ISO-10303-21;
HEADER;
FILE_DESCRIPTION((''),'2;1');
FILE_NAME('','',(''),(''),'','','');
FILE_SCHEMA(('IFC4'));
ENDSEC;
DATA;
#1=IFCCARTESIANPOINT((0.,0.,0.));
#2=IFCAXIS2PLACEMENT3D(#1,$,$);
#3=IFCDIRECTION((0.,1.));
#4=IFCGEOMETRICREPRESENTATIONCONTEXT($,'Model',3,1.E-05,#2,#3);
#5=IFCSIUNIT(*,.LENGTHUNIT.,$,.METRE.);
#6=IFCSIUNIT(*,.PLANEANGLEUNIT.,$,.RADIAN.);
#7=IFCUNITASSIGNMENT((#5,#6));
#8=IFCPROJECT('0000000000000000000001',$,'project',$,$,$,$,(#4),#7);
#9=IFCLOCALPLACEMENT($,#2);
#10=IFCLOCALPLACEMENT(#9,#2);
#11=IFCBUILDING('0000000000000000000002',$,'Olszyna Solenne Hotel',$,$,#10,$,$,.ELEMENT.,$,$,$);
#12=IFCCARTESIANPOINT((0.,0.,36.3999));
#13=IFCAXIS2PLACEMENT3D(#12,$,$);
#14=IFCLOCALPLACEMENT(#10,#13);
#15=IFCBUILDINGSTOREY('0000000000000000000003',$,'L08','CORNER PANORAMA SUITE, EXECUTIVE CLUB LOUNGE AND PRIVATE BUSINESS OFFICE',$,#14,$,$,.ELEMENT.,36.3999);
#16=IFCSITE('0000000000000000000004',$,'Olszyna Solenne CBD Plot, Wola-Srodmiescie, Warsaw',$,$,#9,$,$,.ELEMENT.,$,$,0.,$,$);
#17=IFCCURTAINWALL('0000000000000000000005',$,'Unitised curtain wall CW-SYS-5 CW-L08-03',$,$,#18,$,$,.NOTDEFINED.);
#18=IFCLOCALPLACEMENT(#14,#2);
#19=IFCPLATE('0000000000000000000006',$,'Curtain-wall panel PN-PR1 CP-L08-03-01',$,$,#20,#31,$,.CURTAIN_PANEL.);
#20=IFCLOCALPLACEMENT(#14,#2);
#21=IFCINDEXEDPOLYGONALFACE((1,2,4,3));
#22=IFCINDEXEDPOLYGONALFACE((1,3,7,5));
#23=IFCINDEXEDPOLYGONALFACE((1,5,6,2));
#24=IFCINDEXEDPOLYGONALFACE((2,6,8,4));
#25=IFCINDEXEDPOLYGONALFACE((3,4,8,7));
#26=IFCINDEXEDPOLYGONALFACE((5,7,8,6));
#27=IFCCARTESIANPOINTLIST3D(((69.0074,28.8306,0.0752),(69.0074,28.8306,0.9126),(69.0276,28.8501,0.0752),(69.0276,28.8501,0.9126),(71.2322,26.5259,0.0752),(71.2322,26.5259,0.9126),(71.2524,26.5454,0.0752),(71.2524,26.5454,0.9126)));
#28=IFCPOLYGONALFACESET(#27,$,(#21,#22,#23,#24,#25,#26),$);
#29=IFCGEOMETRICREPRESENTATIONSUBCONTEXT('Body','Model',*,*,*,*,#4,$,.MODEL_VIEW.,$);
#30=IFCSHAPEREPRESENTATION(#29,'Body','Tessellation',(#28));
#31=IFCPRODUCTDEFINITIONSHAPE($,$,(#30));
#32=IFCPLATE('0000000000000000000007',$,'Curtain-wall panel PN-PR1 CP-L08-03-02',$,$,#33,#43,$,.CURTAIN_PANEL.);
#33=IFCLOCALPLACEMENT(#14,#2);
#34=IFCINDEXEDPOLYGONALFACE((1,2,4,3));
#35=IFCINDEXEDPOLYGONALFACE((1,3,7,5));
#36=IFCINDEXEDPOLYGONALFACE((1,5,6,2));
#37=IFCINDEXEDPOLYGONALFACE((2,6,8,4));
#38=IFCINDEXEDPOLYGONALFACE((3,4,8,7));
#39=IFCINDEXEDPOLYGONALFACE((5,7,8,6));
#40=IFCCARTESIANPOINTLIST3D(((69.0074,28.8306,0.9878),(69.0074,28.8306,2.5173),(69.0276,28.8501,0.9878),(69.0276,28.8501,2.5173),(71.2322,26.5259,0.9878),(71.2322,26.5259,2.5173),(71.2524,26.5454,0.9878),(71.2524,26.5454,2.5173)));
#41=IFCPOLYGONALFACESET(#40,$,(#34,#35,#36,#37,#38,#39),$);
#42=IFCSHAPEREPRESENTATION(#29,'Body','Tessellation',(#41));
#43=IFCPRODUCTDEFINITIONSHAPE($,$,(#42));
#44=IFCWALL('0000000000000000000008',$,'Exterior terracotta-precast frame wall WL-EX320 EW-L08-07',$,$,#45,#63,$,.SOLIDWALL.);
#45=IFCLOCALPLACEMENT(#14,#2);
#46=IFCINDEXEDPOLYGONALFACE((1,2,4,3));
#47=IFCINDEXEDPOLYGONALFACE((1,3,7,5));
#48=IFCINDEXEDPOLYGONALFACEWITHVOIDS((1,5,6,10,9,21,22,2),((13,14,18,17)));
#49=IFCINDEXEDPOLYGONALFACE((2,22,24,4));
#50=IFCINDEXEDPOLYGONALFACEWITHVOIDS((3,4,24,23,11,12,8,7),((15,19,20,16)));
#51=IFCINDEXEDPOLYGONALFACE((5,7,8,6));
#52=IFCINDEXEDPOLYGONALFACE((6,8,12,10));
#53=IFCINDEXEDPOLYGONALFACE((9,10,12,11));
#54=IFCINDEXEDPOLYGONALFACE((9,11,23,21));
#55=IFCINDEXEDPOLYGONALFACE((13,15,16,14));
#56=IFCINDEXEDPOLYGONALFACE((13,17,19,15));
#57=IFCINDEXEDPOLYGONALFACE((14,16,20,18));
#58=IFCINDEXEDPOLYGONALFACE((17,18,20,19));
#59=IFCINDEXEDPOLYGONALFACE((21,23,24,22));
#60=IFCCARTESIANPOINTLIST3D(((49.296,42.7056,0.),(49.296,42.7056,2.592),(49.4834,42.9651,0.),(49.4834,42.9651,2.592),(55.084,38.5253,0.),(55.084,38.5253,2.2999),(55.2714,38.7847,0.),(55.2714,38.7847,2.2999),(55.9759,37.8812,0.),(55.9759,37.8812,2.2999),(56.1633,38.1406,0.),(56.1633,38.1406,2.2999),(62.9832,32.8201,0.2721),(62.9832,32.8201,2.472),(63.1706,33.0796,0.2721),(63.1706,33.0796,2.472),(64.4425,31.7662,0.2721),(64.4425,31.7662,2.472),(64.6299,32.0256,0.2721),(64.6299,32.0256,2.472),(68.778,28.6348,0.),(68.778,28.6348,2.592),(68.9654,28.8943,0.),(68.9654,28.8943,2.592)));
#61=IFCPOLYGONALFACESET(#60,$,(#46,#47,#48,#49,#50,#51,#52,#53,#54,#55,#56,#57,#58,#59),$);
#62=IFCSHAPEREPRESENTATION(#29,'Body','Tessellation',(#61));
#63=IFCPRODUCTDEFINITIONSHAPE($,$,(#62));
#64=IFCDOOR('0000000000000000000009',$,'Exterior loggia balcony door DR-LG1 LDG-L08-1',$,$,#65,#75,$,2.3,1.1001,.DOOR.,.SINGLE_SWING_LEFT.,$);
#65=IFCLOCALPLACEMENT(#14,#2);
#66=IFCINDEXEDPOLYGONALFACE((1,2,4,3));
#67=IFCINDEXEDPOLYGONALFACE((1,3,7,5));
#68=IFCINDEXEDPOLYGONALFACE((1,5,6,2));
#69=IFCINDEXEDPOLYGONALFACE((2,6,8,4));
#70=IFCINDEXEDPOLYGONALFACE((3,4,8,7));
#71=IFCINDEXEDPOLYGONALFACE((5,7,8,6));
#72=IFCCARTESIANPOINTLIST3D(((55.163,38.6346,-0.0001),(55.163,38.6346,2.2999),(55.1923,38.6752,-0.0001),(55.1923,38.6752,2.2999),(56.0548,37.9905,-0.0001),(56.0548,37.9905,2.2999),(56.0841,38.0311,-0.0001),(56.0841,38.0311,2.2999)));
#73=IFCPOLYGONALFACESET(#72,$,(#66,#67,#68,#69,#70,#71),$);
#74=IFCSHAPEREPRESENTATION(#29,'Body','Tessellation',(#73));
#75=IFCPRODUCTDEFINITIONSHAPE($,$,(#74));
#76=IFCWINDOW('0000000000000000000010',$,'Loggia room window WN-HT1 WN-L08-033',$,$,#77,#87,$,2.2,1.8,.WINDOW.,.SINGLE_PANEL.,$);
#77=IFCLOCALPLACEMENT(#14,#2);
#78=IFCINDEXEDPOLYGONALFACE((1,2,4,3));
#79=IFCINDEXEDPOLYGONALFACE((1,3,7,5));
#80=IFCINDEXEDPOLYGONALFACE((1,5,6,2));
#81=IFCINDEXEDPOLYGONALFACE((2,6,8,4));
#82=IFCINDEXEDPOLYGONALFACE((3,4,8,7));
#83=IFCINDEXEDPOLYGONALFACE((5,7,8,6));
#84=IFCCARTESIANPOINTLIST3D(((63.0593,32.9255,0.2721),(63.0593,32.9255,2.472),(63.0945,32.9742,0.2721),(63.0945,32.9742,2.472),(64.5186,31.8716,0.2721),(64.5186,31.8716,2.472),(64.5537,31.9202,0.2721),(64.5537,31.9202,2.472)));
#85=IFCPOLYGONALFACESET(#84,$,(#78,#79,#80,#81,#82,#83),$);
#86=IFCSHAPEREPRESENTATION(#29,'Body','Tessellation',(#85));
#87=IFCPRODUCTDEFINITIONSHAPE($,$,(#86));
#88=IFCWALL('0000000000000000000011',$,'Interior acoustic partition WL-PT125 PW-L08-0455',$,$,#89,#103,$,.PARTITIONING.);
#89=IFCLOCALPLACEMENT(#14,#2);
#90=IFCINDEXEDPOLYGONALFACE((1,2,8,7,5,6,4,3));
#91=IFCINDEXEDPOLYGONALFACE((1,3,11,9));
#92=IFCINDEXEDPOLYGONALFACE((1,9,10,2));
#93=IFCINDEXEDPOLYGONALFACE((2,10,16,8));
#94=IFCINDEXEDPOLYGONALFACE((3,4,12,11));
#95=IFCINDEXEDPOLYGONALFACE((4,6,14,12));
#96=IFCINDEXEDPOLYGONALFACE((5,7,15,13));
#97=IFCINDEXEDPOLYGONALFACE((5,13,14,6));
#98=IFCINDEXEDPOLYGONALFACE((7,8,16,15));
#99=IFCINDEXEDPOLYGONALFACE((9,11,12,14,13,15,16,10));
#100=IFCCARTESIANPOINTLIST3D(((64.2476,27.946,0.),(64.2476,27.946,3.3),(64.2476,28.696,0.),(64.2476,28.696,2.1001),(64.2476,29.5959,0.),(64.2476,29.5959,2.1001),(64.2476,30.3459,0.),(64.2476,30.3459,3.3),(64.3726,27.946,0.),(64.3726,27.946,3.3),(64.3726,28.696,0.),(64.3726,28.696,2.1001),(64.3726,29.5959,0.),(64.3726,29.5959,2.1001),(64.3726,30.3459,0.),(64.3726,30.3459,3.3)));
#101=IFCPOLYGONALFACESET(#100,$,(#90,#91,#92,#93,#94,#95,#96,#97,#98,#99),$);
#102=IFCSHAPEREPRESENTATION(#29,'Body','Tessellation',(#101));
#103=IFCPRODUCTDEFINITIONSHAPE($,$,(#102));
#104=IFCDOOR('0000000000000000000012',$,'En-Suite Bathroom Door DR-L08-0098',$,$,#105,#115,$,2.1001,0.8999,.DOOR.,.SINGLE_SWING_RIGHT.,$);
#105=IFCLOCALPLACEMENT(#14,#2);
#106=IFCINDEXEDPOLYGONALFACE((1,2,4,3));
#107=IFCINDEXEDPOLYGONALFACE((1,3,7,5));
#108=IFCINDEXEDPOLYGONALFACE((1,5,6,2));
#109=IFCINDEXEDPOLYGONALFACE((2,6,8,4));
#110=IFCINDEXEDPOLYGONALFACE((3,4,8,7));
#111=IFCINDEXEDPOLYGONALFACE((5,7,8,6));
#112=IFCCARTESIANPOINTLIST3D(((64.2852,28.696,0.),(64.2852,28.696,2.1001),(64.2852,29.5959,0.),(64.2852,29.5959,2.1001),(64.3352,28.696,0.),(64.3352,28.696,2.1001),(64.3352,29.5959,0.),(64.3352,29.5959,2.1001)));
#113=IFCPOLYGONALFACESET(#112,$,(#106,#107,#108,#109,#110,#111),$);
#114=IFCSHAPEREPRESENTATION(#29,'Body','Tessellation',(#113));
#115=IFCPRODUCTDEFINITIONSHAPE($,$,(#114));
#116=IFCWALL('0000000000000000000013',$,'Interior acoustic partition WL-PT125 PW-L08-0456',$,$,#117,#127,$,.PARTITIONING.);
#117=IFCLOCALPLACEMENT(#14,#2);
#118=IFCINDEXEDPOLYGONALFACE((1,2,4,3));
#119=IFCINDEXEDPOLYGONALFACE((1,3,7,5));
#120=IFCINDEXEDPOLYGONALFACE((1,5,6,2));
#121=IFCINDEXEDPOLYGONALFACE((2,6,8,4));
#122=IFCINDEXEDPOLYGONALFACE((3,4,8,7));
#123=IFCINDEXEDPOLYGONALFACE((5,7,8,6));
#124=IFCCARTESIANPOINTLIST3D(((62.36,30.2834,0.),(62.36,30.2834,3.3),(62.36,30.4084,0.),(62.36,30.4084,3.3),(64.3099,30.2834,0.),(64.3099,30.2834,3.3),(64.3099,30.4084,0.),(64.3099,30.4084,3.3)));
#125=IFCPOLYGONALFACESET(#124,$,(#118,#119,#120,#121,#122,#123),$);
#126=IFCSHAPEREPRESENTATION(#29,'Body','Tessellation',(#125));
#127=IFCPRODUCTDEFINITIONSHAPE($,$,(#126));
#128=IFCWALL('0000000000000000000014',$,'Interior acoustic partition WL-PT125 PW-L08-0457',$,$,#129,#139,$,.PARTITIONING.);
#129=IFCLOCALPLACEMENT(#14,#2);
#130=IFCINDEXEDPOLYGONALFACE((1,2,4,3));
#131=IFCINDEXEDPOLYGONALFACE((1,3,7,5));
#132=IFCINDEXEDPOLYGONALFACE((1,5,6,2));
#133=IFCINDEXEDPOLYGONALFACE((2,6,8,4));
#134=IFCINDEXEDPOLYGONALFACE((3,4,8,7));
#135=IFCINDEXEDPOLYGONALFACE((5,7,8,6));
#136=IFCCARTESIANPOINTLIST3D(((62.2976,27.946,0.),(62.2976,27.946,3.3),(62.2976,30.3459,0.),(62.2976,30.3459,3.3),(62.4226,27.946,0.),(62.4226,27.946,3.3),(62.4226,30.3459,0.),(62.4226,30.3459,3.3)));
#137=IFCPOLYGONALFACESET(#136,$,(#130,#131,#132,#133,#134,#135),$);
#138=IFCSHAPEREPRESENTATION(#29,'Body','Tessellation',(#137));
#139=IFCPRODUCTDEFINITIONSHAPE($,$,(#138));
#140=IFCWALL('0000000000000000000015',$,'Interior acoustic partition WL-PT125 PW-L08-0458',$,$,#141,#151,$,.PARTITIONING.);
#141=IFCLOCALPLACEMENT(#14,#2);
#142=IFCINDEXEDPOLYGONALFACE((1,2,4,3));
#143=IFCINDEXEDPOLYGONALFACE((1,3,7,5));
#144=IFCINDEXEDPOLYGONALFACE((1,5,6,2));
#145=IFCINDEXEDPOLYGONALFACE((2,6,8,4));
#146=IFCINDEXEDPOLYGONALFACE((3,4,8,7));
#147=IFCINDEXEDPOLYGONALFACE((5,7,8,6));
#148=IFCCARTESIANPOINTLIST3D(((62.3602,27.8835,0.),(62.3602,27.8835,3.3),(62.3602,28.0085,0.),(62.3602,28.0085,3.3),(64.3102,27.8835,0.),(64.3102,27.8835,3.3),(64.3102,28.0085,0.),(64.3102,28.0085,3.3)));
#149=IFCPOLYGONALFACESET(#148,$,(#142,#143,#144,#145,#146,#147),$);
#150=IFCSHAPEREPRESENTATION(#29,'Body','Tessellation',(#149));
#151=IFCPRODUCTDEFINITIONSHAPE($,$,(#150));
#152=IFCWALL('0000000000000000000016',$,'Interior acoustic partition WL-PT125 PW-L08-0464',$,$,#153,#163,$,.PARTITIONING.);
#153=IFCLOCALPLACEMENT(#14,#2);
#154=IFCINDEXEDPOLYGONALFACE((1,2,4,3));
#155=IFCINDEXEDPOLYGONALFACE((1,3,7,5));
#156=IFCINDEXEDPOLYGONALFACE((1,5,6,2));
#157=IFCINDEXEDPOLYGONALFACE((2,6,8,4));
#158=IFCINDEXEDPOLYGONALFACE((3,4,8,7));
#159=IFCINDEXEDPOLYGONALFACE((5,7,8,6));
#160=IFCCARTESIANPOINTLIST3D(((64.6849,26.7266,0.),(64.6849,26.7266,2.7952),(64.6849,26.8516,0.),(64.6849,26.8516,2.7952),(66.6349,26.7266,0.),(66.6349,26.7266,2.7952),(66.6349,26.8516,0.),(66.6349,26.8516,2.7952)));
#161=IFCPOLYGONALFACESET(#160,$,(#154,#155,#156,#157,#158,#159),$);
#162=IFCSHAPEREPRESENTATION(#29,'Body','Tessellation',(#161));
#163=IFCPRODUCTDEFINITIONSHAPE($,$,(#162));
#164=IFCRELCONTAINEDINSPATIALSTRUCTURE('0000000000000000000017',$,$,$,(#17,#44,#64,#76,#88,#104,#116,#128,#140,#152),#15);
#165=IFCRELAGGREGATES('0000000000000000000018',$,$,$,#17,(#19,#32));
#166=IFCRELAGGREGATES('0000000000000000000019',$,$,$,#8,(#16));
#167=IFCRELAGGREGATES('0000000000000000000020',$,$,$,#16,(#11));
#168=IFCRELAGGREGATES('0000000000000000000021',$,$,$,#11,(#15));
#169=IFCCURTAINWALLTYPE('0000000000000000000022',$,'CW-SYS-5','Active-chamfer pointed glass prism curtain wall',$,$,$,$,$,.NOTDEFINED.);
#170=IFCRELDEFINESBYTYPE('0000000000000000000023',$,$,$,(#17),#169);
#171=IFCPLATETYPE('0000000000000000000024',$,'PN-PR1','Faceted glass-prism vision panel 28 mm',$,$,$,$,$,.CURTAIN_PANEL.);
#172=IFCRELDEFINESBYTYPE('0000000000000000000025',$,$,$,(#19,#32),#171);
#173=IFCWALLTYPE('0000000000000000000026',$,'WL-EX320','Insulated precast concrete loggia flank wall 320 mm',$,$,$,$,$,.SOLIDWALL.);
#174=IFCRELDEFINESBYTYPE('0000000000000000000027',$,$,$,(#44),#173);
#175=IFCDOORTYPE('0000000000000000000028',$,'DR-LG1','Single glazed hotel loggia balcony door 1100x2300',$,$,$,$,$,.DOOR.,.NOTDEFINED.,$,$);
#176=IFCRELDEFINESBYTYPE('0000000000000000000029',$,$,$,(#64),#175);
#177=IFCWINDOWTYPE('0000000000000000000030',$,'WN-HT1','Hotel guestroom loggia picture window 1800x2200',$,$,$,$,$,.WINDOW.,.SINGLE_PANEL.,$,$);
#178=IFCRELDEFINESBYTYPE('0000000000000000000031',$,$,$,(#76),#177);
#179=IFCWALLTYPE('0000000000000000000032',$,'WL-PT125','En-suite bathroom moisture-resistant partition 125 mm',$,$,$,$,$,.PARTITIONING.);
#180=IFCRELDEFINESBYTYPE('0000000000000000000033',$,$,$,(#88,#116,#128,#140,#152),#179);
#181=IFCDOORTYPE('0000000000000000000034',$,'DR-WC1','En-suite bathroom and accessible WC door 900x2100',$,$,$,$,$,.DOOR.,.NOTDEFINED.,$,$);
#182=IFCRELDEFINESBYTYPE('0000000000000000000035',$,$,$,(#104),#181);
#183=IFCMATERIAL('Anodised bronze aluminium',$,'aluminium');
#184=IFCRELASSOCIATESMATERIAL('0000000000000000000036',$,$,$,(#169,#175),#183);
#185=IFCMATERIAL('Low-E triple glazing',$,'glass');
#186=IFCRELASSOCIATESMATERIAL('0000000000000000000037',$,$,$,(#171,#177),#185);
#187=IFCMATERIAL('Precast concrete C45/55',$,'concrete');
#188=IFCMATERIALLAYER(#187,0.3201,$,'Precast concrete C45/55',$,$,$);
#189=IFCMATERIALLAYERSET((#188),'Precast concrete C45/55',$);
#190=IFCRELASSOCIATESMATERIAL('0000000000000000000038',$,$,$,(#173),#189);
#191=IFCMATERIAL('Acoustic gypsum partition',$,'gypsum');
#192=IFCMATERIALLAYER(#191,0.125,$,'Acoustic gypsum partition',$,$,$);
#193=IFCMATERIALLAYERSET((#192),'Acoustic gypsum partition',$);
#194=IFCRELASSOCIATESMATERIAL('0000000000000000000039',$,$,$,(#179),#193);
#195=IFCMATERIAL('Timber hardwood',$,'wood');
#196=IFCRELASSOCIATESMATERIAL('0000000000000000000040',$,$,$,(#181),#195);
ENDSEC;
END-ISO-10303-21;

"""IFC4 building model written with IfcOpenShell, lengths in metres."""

from ifc_helpers import new_model, si_unit, direction, frame, frame_2d, origin, origin_2d, place, context, subcontext, project, spatial, rectangle, extrude, source, transform, mapped, material, layer, layer_set, type_object, type_shapes, element, fill, aggregate, save


model = new_model("IFC4")

# Units and contexts
model_context = context("Model", 3, precision=1e-05, world=origin(), true_north=direction((0.0, 1.0)))
body_context = subcontext(model_context, "Body", "Model", "MODEL_VIEW")
ifc_project = project(units=[si_unit("LENGTHUNIT", "METRE"), si_unit("PLANEANGLEUNIT", "RADIAN")], contexts=[model_context])

# Site, building, storey
site_placement = place(None, origin())
site = spatial("IfcSite", under=ifc_project, at=site_placement, Name="Olszyna Solenne CBD Plot, Wola-Srodmiescie, Warsaw", CompositionType="ELEMENT", RefElevation=0.0)
building_placement = place(site_placement, origin())
building = spatial("IfcBuilding", under=site, at=building_placement, Name="Olszyna Solenne Hotel", CompositionType="ELEMENT")
storey_placement = place(building_placement, frame((0.0, 0.0, 36.3999)))
storey = spatial("IfcBuildingStorey", under=building, at=storey_placement, Name="L08", Description="CORNER PANORAMA SUITE, EXECUTIVE CLUB LOUNGE AND PRIVATE BUSINESS OFFICE", CompositionType="ELEMENT", Elevation=36.3999)

# Shared definitions
ifc_material_1 = material(Name="Anodised bronze aluminium", Category="aluminium")

# Curtain wall
curtain_wall_type_1 = type_object("IfcCurtainWallType", Name="CW-SYS-5", Description="Active-chamfer pointed glass prism curtain wall", PredefinedType="NOTDEFINED", material=ifc_material_1)
curtain_wall_1_placement = place(storey_placement, origin())
curtain_wall_1 = element("IfcCurtainWall", 1, at=curtain_wall_1_placement, inside=storey, type_object=curtain_wall_type_1, Name="Unitised curtain wall CW-SYS-5 CW-L08-03", PredefinedType="NOTDEFINED")

# Plates
ifc_material_2 = material(Name="Low-E triple glazing", Category="glass")
plate_type_1 = type_object("IfcPlateType", Name="PN-PR1", Description="Faceted glass-prism vision panel 28 mm", PredefinedType="CURTAIN_PANEL", material=ifc_material_2)
shared_shape_1 = source(origin(), body_context, "Body", "SweptSolid", [
    extrude(rectangle(XDim=3.2034, YDim=0.0281, at=origin_2d()), origin(), (0.0, 0.0, 1.0), 0.8374),
])
plate_1_placement = place(storey_placement, frame((70.1299, 27.688, 0.0752), z_axis=(0.0, 0.0, 1.0), x_axis=(0.694532, -0.719462, 0.0)))
plate_1 = element("IfcPlate", 2, at=plate_1_placement, type_object=plate_type_1, Name="Curtain-wall panel PN-PR1 CP-L08-03-01", PredefinedType="CURTAIN_PANEL", context=body_context, shape_type="MappedRepresentation", body=[
    mapped(shared_shape_1, transform((0.0, 0.0, 0.0), x_axis=(1.0, 0.0, 0.0), y_axis=(0.0, 1.0, 0.0), z_axis=(0.0, 0.0, 1.0), scale=1.0)),
])
shared_shape_2 = source(origin(), body_context, "Body", "SweptSolid", [
    extrude(rectangle(XDim=3.2034, YDim=0.0281, at=origin_2d()), origin(), (0.0, 0.0, 1.0), 1.5295),
])
plate_2_placement = place(storey_placement, frame((70.1299, 27.688, 0.9878), z_axis=(0.0, 0.0, 1.0), x_axis=(0.694532, -0.719462, 0.0)))
plate_2 = element("IfcPlate", 3, at=plate_2_placement, type_object=plate_type_1, Name="Curtain-wall panel PN-PR1 CP-L08-03-02", PredefinedType="CURTAIN_PANEL", context=body_context, shape_type="MappedRepresentation", body=[
    mapped(shared_shape_2, transform((0.0, 0.0, 0.0), x_axis=(1.0, 0.0, 0.0), y_axis=(0.0, 1.0, 0.0), z_axis=(0.0, 0.0, 1.0), scale=1.0)),
])
aggregate(curtain_wall_1, [plate_1, plate_2])

# Wall, openings, door, window
ifc_material_3 = material(Name="Precast concrete C45/55", Category="concrete")
ifc_layer_1 = layer(ifc_material_3, 0.3201, Name="Precast concrete C45/55")
ifc_layer_set_1 = layer_set([ifc_layer_1], Name="Precast concrete C45/55")
wall_type_1 = type_object("IfcWallType", Name="WL-EX320", Description="Insulated precast concrete loggia flank wall 320 mm", PredefinedType="SOLIDWALL", material=ifc_layer_set_1)
wall_1_placement = place(storey_placement, frame((49.3896, 42.8354, 0.0), z_axis=(0.0, 0.0, 1.0), x_axis=(0.810669, -0.585505, 0.0)))
wall_1 = element("IfcWall", 4, at=wall_1_placement, inside=storey, type_object=wall_type_1, Name="Exterior terracotta-precast frame wall WL-EX320 EW-L08-07", PredefinedType="SOLIDWALL", context=body_context, shape_type="SweptSolid", body=[
    extrude(rectangle(XDim=24.032, YDim=0.3201, at=frame_2d((12.0161, 0.0))), origin(), (0.0, 0.0, 1.0), 2.592),
])
opening_1_placement = place(wall_1_placement, frame((7.1399, 0.0, 0.0)))
opening_1 = element("IfcOpeningElement", 5, at=opening_1_placement, cuts=wall_1, PredefinedType="OPENING", context=body_context, shape_type="SweptSolid", body=[
    extrude(rectangle(XDim=1.1001, YDim=2.3, at=frame_2d((0.55, 1.1499))), frame((0.0, 0.1699, 0.0), z_axis=(0.0, -1.0, 0.0), x_axis=(1.0, 0.0, 0.0)), (0.0, 0.0, 1.0), 0.3401),
])
opening_2_placement = place(wall_1_placement, frame((16.884, 0.0, 0.272)))
opening_2 = element("IfcOpeningElement", 6, at=opening_2_placement, cuts=wall_1, PredefinedType="OPENING", context=body_context, shape_type="SweptSolid", body=[
    extrude(rectangle(XDim=1.8, YDim=2.2, at=frame_2d((0.8999, 1.1001))), frame((0.0, 0.1699, 0.0), z_axis=(0.0, -1.0, 0.0), x_axis=(1.0, 0.0, 0.0)), (0.0, 0.0, 1.0), 0.3401),
])
door_type_1 = type_object("IfcDoorType", Name="DR-LG1", Description="Single glazed hotel loggia balcony door 1100x2300", OperationType="NOTDEFINED", PredefinedType="DOOR", material=ifc_material_1)
shared_shape_3 = source(origin(), body_context, "Body", "SweptSolid", [
    extrude(rectangle(XDim=1.1001, YDim=2.3, at=frame_2d((0.55, 1.1499))), frame((0.0, 0.0249, 0.0), z_axis=(0.0, -1.0, 0.0), x_axis=(1.0, 0.0, 0.0)), (0.0, 0.0, 1.0), 0.05),
])
type_shapes(door_type_1, [shared_shape_3])
door_1_placement = place(opening_1_placement, origin())
door_1 = element("IfcDoor", 7, at=door_1_placement, inside=storey, type_object=door_type_1, Name="Exterior loggia balcony door DR-LG1 LDG-L08-1", OperationType="SINGLE_SWING_LEFT", OverallHeight=2.3, OverallWidth=1.1001, PredefinedType="DOOR", context=body_context, shape_type="MappedRepresentation", body=[
    mapped(shared_shape_3, transform((0.0, 0.0, 0.0), x_axis=(1.0, 0.0, 0.0), y_axis=(0.0, 1.0, 0.0), z_axis=(0.0, 0.0, 1.0), scale=1.0)),
])
fill(opening_1, door_1)
window_type = type_object("IfcWindowType", Name="WN-HT1", Description="Hotel guestroom loggia picture window 1800x2200", PartitioningType="SINGLE_PANEL", PredefinedType="WINDOW", material=ifc_material_2)
shared_shape_4 = source(origin(), body_context, "Body", "SweptSolid", [
    extrude(rectangle(XDim=1.8, YDim=2.2, at=frame_2d((0.8999, 1.1001))), frame((0.0, 0.03, 0.0), z_axis=(0.0, -1.0, 0.0), x_axis=(1.0, 0.0, 0.0)), (0.0, 0.0, 1.0), 0.0601),
])
type_shapes(window_type, [shared_shape_4])
window_placement = place(opening_2_placement, origin())
window = element("IfcWindow", 8, at=window_placement, inside=storey, type_object=window_type, Name="Loggia room window WN-HT1 WN-L08-033", OverallHeight=2.2, OverallWidth=1.8, PartitioningType="SINGLE_PANEL", PredefinedType="WINDOW", context=body_context, shape_type="MappedRepresentation", body=[
    mapped(shared_shape_4, transform((0.0, 0.0, 0.0), x_axis=(1.0, 0.0, 0.0), y_axis=(0.0, 1.0, 0.0), z_axis=(0.0, 0.0, 1.0), scale=1.0)),
])
fill(opening_2, window)

# Wall, opening, door
ifc_material_4 = material(Name="Acoustic gypsum partition", Category="gypsum")
ifc_layer_2 = layer(ifc_material_4, 0.125, Name="Acoustic gypsum partition")
ifc_layer_set_2 = layer_set([ifc_layer_2], Name="Acoustic gypsum partition")
wall_type_2 = type_object("IfcWallType", Name="WL-PT125", Description="En-suite bathroom moisture-resistant partition 125 mm", PredefinedType="PARTITIONING", material=ifc_layer_set_2)
wall_2_placement = place(storey_placement, frame((64.3101, 27.946, 0.0), z_axis=(0.0, 0.0, 1.0), x_axis=(0.0, 1.0, 0.0)))
wall_2 = element("IfcWall", 9, at=wall_2_placement, inside=storey, type_object=wall_type_2, Name="Interior acoustic partition WL-PT125 PW-L08-0455", PredefinedType="PARTITIONING", context=body_context, shape_type="SweptSolid", body=[
    extrude(rectangle(XDim=2.3999, YDim=0.125, at=frame_2d((1.2, 0.0))), origin(), (0.0, 0.0, 1.0), 3.3),
])
opening_3_placement = place(wall_2_placement, frame((0.75, 0.0, 0.0)))
opening_3 = element("IfcOpeningElement", 10, at=opening_3_placement, cuts=wall_2, PredefinedType="OPENING", context=body_context, shape_type="SweptSolid", body=[
    extrude(rectangle(XDim=0.8999, YDim=2.1001, at=frame_2d((0.45, 1.05))), frame((0.0, 0.0725, 0.0), z_axis=(0.0, -1.0, 0.0), x_axis=(1.0, 0.0, 0.0)), (0.0, 0.0, 1.0), 0.145),
])
ifc_material_5 = material(Name="Timber hardwood", Category="wood")
door_type_2 = type_object("IfcDoorType", Name="DR-WC1", Description="En-suite bathroom and accessible WC door 900x2100", OperationType="NOTDEFINED", PredefinedType="DOOR", material=ifc_material_5)
shared_shape_5 = source(origin(), body_context, "Body", "SweptSolid", [
    extrude(rectangle(XDim=0.8999, YDim=2.1001, at=frame_2d((0.45, 1.05))), frame((0.0, 0.0249, 0.0), z_axis=(0.0, -1.0, 0.0), x_axis=(1.0, 0.0, 0.0)), (0.0, 0.0, 1.0), 0.05),
])
type_shapes(door_type_2, [shared_shape_5])
door_2_placement = place(opening_3_placement, origin())
door_2 = element("IfcDoor", 11, at=door_2_placement, inside=storey, type_object=door_type_2, Name="En-Suite Bathroom Door DR-L08-0098", OperationType="SINGLE_SWING_RIGHT", OverallHeight=2.1001, OverallWidth=0.8999, PredefinedType="DOOR", context=body_context, shape_type="MappedRepresentation", body=[
    mapped(shared_shape_5, transform((0.0, 0.0, 0.0), x_axis=(1.0, 0.0, 0.0), y_axis=(0.0, 1.0, 0.0), z_axis=(0.0, 0.0, 1.0), scale=1.0)),
])
fill(opening_3, door_2)

# Walls
wall_3_placement = place(storey_placement, frame((64.3101, 30.3459, 0.0), z_axis=(0.0, 0.0, 1.0), x_axis=(-1.0, 0.0, 0.0)))
element("IfcWall", 12, at=wall_3_placement, inside=storey, type_object=wall_type_2, Name="Interior acoustic partition WL-PT125 PW-L08-0456", PredefinedType="PARTITIONING", context=body_context, shape_type="SweptSolid", body=[
    extrude(rectangle(XDim=1.95, YDim=0.125, at=frame_2d((0.9751, 0.0))), origin(), (0.0, 0.0, 1.0), 3.3),
])
wall_4_placement = place(storey_placement, frame((62.3601, 30.3459, 0.0), z_axis=(0.0, 0.0, 1.0), x_axis=(0.0, -1.0, 0.0)))
element("IfcWall", 13, at=wall_4_placement, inside=storey, type_object=wall_type_2, Name="Interior acoustic partition WL-PT125 PW-L08-0457", PredefinedType="PARTITIONING", context=body_context, shape_type="SweptSolid", body=[
    extrude(rectangle(XDim=2.3999, YDim=0.125, at=frame_2d((1.2, 0.0))), origin(), (0.0, 0.0, 1.0), 3.3),
])
wall_5_placement = place(storey_placement, frame((62.3601, 27.946, 0.0), z_axis=(0.0, 0.0, 1.0), x_axis=(1.0, 0.0, 0.0)))
element("IfcWall", 14, at=wall_5_placement, inside=storey, type_object=wall_type_2, Name="Interior acoustic partition WL-PT125 PW-L08-0458", PredefinedType="PARTITIONING", context=body_context, shape_type="SweptSolid", body=[
    extrude(rectangle(XDim=1.95, YDim=0.125, at=frame_2d((0.9751, 0.0))), origin(), (0.0, 0.0, 1.0), 3.3),
])
wall_6_placement = place(storey_placement, frame((66.635, 26.7891, 0.0), z_axis=(0.0, 0.0, 1.0), x_axis=(-1.0, 0.0, 0.0)))
element("IfcWall", 15, at=wall_6_placement, inside=storey, type_object=wall_type_2, Name="Interior acoustic partition WL-PT125 PW-L08-0464", PredefinedType="PARTITIONING", context=body_context, shape_type="SweptSolid", body=[
    extrude(rectangle(XDim=1.95, YDim=0.125, at=frame_2d((0.9751, 0.0))), origin(), (0.0, 0.0, 1.0), 2.7952),
])

save(model, "model.ifc")
